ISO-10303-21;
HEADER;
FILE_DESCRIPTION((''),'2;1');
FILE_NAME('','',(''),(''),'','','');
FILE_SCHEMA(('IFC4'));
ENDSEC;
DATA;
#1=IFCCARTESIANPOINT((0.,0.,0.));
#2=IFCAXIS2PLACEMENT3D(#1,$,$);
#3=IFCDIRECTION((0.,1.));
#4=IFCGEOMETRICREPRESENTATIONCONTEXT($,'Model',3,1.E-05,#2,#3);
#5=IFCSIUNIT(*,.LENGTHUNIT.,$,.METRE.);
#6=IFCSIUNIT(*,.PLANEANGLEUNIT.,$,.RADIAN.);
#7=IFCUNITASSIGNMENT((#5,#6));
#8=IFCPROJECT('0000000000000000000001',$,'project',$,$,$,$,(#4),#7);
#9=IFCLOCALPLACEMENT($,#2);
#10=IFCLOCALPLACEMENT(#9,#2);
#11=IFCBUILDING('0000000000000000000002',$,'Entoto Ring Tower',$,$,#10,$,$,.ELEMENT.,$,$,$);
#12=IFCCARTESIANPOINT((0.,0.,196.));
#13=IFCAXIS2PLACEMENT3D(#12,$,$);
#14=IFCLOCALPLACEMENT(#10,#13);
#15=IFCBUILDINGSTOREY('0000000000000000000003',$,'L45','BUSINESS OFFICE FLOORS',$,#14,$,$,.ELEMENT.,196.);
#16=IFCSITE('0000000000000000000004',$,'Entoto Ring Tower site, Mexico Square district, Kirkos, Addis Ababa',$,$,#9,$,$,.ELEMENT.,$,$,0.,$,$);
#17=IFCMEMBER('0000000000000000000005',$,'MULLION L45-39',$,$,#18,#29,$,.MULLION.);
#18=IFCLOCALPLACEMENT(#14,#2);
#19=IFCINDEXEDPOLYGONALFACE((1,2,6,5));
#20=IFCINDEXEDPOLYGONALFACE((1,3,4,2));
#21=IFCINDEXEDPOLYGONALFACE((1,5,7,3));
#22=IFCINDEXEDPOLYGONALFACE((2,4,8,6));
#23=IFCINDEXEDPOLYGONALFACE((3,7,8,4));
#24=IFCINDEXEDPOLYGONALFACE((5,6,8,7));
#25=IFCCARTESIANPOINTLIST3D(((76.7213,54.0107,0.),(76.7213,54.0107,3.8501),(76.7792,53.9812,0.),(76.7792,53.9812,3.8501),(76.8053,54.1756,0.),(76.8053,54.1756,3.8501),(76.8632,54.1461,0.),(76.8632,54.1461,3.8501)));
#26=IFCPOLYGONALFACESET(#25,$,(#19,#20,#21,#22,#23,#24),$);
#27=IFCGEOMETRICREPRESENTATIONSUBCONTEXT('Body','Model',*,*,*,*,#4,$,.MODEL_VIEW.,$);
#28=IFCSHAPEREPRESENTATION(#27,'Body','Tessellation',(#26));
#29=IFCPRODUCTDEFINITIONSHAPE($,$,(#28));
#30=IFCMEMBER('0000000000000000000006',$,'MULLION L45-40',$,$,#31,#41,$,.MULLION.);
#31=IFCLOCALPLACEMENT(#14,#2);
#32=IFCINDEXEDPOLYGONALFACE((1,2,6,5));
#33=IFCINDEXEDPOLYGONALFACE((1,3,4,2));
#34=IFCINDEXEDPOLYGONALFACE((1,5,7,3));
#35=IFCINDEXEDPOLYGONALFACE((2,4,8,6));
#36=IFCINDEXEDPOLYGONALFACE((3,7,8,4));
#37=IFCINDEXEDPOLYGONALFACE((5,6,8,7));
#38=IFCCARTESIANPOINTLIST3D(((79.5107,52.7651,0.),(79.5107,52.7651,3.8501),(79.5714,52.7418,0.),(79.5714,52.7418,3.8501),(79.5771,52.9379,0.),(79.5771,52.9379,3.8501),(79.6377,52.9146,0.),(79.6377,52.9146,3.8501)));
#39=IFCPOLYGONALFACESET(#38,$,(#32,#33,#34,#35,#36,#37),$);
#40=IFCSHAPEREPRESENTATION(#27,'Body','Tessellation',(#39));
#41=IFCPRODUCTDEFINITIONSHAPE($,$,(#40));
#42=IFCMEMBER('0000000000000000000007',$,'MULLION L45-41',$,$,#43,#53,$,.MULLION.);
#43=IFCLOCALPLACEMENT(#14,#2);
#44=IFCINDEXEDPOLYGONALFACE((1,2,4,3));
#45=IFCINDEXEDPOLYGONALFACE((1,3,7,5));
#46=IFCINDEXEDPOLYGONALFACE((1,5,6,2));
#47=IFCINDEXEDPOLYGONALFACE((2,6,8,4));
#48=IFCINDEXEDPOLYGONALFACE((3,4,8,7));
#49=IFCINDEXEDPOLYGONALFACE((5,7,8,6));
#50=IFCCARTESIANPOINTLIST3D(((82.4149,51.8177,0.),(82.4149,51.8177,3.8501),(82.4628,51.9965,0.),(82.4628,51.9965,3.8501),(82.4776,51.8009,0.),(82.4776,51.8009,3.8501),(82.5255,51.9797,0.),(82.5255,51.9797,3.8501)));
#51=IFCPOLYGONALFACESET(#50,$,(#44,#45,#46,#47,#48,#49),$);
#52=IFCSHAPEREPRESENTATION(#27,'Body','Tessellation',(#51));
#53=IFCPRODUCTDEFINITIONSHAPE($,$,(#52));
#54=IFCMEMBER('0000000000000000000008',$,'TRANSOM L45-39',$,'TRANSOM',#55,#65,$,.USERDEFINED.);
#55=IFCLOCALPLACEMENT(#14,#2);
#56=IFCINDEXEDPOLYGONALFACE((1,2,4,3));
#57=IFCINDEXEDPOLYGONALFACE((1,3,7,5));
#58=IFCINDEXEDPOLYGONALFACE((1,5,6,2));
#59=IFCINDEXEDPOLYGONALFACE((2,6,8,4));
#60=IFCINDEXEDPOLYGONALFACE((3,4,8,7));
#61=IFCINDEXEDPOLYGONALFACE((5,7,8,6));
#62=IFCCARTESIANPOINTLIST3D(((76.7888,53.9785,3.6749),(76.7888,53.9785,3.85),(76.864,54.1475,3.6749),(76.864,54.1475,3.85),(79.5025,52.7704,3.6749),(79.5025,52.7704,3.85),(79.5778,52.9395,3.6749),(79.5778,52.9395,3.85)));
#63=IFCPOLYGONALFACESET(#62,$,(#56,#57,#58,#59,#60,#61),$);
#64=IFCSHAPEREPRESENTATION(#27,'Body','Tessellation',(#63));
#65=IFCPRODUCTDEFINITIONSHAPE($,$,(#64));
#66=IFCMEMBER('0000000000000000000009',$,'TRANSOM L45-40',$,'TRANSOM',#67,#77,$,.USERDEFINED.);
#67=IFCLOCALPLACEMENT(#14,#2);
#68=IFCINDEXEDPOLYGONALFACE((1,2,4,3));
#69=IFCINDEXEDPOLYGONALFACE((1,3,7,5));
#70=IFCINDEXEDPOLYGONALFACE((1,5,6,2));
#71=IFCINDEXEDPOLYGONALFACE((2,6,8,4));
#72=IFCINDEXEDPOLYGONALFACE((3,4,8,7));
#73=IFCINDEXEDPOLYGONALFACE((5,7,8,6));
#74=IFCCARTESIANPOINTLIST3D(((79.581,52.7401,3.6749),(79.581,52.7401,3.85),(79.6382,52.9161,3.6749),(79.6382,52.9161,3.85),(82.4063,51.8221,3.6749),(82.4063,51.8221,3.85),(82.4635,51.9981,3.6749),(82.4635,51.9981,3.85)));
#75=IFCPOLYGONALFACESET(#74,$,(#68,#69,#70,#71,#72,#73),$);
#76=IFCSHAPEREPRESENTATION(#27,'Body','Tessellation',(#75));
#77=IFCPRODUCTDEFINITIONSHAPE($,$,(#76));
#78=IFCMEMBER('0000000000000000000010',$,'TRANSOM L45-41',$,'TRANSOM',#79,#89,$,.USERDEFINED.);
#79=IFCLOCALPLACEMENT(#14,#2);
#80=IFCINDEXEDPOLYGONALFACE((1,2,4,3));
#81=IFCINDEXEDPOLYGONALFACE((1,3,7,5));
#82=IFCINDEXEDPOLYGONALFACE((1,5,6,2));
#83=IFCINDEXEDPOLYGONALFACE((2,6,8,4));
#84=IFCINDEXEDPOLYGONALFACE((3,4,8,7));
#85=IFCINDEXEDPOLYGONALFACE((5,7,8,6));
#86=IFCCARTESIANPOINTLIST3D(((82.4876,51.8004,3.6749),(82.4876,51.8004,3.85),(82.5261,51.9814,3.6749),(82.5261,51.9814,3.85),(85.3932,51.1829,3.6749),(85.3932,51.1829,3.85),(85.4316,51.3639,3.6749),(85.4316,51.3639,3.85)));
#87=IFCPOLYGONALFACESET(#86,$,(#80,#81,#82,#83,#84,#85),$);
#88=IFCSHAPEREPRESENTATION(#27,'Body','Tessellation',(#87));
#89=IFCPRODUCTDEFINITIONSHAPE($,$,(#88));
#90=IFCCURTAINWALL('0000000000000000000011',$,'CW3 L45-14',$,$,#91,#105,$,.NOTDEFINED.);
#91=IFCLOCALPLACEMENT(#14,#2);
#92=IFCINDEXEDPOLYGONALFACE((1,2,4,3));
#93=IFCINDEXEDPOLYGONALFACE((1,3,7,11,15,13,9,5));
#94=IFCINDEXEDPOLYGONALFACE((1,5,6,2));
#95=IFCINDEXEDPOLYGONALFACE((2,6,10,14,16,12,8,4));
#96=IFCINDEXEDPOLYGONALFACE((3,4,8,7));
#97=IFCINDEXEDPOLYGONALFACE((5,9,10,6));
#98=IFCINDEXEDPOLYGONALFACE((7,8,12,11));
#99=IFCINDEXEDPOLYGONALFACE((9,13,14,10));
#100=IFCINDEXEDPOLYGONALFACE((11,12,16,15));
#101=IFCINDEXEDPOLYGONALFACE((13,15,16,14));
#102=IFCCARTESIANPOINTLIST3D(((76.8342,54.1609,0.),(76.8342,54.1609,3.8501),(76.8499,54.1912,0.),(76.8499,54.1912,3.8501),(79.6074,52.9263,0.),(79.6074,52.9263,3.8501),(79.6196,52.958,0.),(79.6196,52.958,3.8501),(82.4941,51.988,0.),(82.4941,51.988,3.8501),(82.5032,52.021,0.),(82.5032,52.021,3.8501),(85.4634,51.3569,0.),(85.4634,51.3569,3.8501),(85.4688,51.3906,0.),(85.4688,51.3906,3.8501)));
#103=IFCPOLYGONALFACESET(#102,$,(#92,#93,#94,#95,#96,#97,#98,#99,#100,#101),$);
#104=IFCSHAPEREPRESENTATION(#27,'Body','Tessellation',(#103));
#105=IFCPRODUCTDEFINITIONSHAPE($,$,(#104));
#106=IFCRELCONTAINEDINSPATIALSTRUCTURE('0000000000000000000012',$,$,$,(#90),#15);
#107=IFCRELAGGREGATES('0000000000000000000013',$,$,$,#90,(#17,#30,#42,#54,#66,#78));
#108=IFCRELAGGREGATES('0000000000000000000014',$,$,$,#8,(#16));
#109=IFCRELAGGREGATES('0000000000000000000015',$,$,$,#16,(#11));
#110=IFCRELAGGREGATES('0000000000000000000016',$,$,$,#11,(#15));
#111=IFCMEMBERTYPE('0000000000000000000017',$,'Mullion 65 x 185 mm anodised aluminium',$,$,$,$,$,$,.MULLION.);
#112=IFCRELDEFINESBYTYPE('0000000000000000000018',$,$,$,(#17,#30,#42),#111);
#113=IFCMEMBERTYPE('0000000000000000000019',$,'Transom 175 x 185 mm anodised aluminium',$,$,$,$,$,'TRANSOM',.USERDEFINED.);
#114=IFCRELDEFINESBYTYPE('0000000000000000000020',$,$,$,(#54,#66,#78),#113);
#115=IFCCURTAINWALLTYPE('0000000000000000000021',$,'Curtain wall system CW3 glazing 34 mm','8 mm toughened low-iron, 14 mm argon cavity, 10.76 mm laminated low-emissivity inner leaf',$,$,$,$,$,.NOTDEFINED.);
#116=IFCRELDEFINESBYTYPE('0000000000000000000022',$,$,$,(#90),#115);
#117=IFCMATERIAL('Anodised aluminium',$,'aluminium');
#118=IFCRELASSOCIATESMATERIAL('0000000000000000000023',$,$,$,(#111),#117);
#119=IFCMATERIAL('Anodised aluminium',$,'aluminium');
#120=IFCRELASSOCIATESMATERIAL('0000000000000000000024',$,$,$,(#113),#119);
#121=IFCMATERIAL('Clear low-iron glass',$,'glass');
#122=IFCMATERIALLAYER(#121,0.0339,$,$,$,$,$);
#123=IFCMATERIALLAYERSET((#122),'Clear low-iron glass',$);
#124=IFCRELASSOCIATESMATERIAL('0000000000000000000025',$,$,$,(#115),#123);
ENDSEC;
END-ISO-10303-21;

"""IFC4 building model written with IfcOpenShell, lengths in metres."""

from ifc_helpers import new_model, si_unit, direction, frame, origin, origin_2d, place, context, subcontext, project, spatial, polyline, rectangle, outline, extrude, material, layer, layer_set, material_profile, profile_set, type_object, element, aggregate, save


model = new_model("IFC4")

# Units and contexts
model_context = context("Model", 3, precision=1e-05, world=origin(), true_north=direction((0.0, 1.0)))
body_context = subcontext(model_context, "Body", "Model", "MODEL_VIEW")
ifc_project = project(units=[si_unit("LENGTHUNIT", "METRE"), si_unit("PLANEANGLEUNIT", "RADIAN")], contexts=[model_context])

# Members
ifc_material_1 = material(Name="Anodised aluminium", Category="aluminium")
ifc_material_profile_1 = material_profile(ifc_material_1, rectangle(XDim=0.0649, YDim=0.1851, at=origin_2d()), Name="Mullion 65 x 185 mm anodised aluminium")
ifc_profile_set_1 = profile_set([ifc_material_profile_1], Name="Anodised aluminium")
member_type_1 = type_object("IfcMemberType", Name="Mullion 65 x 185 mm anodised aluminium", PredefinedType="MULLION", material=ifc_profile_set_1)
site_placement = place(None, origin())
building_placement = place(site_placement, origin())
storey_placement = place(building_placement, frame((0.0, 0.0, 196.0)))
member_1_placement = place(storey_placement, frame((76.7922, 54.0784, 0.0), z_axis=(0.0, 0.0, 1.0), x_axis=(0.891007, -0.45399, 0.0)))
member_1 = element("IfcMember", 1, at=member_1_placement, type_object=member_type_1, Name="MULLION L45-39", PredefinedType="MULLION", context=body_context, shape_type="SweptSolid", body=[
    extrude(rectangle(XDim=0.0649, YDim=0.1851, at=origin_2d()), origin(), (0.0, 0.0, 1.0), 3.8501),
])
member_2_placement = place(storey_placement, frame((79.5742, 52.8398, 0.0), z_axis=(0.0, 0.0, 1.0), x_axis=(0.93358, -0.358368, 0.0)))
member_2 = element("IfcMember", 2, at=member_2_placement, type_object=member_type_1, Name="MULLION L45-40", PredefinedType="MULLION", context=body_context, shape_type="SweptSolid", body=[
    extrude(rectangle(XDim=0.0649, YDim=0.1851, at=origin_2d()), origin(), (0.0, 0.0, 1.0), 3.8501),
])
member_3_placement = place(storey_placement, frame((82.4702, 51.8987, 0.0), z_axis=(0.0, 0.0, 1.0), x_axis=(0.965926, -0.258819, 0.0)))
member_3 = element("IfcMember", 3, at=member_3_placement, type_object=member_type_1, Name="MULLION L45-41", PredefinedType="MULLION", context=body_context, shape_type="SweptSolid", body=[
    extrude(rectangle(XDim=0.0649, YDim=0.1851, at=origin_2d()), origin(), (0.0, 0.0, 1.0), 3.8501),
])
ifc_material_2 = material(Name="Anodised aluminium", Category="aluminium")
ifc_material_profile_2 = material_profile(ifc_material_2, rectangle(XDim=0.1851, YDim=0.175, at=origin_2d()), Name="Transom 175 x 185 mm anodised aluminium")
ifc_profile_set_2 = profile_set([ifc_material_profile_2], Name="Anodised aluminium")
member_type_2 = type_object("IfcMemberType", Name="Transom 175 x 185 mm anodised aluminium", ElementType="TRANSOM", PredefinedType="USERDEFINED", material=ifc_profile_set_2)
member_4_placement = place(storey_placement, frame((76.8264, 54.063, 3.7625), z_axis=(0.913567, -0.406687, 0.0), x_axis=(0.406687, 0.913567, 0.0)))
member_4 = element("IfcMember", 4, at=member_4_placement, type_object=member_type_2, Name="TRANSOM L45-39", ObjectType="TRANSOM", PredefinedType="USERDEFINED", context=body_context, shape_type="SweptSolid", body=[
    extrude(rectangle(XDim=0.1851, YDim=0.175, at=origin_2d()), origin(), (0.0, 0.0, 1.0), 2.9705),
])
member_5_placement = place(storey_placement, frame((79.6096, 52.8281, 3.7625), z_axis=(0.951056, -0.309019, 0.0), x_axis=(0.309019, 0.951056, 0.0)))
member_5 = element("IfcMember", 5, at=member_5_placement, type_object=member_type_2, Name="TRANSOM L45-40", ObjectType="TRANSOM", PredefinedType="USERDEFINED", context=body_context, shape_type="SweptSolid", body=[
    extrude(rectangle(XDim=0.1851, YDim=0.175, at=origin_2d()), origin(), (0.0, 0.0, 1.0), 2.9707),
])
member_6_placement = place(storey_placement, frame((82.5068, 51.8909, 3.7625), z_axis=(0.978158, -0.207862, 0.0), x_axis=(0.207862, 0.978158, 0.0)))
member_6 = element("IfcMember", 6, at=member_6_placement, type_object=member_type_2, Name="TRANSOM L45-41", ObjectType="TRANSOM", PredefinedType="USERDEFINED", context=body_context, shape_type="SweptSolid", body=[
    extrude(rectangle(XDim=0.1851, YDim=0.175, at=origin_2d()), origin(), (0.0, 0.0, 1.0), 2.9705),
])

# Site, building, storey
site = spatial("IfcSite", under=ifc_project, at=site_placement, Name="Entoto Ring Tower site, Mexico Square district, Kirkos, Addis Ababa", CompositionType="ELEMENT", RefElevation=0.0)
building = spatial("IfcBuilding", under=site, at=building_placement, Name="Entoto Ring Tower", CompositionType="ELEMENT")
storey = spatial("IfcBuildingStorey", under=building, at=storey_placement, Name="L45", Description="BUSINESS OFFICE FLOORS", CompositionType="ELEMENT", Elevation=196.0)

# Curtain wall
ifc_material_3 = material(Name="Clear low-iron glass", Category="glass")
ifc_layer = layer(ifc_material_3, 0.0339)
ifc_layer_set = layer_set([ifc_layer], Name="Clear low-iron glass")
curtain_wall_type = type_object("IfcCurtainWallType", Name="Curtain wall system CW3 glazing 34 mm", Description="8 mm toughened low-iron, 14 mm argon cavity, 10.76 mm laminated low-emissivity inner leaf", PredefinedType="NOTDEFINED", material=ifc_layer_set)
curtain_wall_1_placement = place(storey_placement, origin())
curtain_wall_1 = element("IfcCurtainWall", 7, at=curtain_wall_1_placement, inside=storey, type_object=curtain_wall_type, Name="CW3 L45-14", PredefinedType="NOTDEFINED", context=body_context, shape_type="SweptSolid", body=[
    extrude(outline(polyline([(76.8342, 54.1609), (79.6074, 52.9263), (82.4941, 51.988), (85.4634, 51.3569), (85.4688, 51.3906), (82.5032, 52.021), (79.6196, 52.958), (76.8499, 54.1912), (76.8342, 54.1609)])), origin(), (0.0, 0.0, 1.0), 3.8501),
])
aggregate(curtain_wall_1, [member_1, member_2, member_3, member_4, member_5, member_6])

save(model, "model.ifc")
